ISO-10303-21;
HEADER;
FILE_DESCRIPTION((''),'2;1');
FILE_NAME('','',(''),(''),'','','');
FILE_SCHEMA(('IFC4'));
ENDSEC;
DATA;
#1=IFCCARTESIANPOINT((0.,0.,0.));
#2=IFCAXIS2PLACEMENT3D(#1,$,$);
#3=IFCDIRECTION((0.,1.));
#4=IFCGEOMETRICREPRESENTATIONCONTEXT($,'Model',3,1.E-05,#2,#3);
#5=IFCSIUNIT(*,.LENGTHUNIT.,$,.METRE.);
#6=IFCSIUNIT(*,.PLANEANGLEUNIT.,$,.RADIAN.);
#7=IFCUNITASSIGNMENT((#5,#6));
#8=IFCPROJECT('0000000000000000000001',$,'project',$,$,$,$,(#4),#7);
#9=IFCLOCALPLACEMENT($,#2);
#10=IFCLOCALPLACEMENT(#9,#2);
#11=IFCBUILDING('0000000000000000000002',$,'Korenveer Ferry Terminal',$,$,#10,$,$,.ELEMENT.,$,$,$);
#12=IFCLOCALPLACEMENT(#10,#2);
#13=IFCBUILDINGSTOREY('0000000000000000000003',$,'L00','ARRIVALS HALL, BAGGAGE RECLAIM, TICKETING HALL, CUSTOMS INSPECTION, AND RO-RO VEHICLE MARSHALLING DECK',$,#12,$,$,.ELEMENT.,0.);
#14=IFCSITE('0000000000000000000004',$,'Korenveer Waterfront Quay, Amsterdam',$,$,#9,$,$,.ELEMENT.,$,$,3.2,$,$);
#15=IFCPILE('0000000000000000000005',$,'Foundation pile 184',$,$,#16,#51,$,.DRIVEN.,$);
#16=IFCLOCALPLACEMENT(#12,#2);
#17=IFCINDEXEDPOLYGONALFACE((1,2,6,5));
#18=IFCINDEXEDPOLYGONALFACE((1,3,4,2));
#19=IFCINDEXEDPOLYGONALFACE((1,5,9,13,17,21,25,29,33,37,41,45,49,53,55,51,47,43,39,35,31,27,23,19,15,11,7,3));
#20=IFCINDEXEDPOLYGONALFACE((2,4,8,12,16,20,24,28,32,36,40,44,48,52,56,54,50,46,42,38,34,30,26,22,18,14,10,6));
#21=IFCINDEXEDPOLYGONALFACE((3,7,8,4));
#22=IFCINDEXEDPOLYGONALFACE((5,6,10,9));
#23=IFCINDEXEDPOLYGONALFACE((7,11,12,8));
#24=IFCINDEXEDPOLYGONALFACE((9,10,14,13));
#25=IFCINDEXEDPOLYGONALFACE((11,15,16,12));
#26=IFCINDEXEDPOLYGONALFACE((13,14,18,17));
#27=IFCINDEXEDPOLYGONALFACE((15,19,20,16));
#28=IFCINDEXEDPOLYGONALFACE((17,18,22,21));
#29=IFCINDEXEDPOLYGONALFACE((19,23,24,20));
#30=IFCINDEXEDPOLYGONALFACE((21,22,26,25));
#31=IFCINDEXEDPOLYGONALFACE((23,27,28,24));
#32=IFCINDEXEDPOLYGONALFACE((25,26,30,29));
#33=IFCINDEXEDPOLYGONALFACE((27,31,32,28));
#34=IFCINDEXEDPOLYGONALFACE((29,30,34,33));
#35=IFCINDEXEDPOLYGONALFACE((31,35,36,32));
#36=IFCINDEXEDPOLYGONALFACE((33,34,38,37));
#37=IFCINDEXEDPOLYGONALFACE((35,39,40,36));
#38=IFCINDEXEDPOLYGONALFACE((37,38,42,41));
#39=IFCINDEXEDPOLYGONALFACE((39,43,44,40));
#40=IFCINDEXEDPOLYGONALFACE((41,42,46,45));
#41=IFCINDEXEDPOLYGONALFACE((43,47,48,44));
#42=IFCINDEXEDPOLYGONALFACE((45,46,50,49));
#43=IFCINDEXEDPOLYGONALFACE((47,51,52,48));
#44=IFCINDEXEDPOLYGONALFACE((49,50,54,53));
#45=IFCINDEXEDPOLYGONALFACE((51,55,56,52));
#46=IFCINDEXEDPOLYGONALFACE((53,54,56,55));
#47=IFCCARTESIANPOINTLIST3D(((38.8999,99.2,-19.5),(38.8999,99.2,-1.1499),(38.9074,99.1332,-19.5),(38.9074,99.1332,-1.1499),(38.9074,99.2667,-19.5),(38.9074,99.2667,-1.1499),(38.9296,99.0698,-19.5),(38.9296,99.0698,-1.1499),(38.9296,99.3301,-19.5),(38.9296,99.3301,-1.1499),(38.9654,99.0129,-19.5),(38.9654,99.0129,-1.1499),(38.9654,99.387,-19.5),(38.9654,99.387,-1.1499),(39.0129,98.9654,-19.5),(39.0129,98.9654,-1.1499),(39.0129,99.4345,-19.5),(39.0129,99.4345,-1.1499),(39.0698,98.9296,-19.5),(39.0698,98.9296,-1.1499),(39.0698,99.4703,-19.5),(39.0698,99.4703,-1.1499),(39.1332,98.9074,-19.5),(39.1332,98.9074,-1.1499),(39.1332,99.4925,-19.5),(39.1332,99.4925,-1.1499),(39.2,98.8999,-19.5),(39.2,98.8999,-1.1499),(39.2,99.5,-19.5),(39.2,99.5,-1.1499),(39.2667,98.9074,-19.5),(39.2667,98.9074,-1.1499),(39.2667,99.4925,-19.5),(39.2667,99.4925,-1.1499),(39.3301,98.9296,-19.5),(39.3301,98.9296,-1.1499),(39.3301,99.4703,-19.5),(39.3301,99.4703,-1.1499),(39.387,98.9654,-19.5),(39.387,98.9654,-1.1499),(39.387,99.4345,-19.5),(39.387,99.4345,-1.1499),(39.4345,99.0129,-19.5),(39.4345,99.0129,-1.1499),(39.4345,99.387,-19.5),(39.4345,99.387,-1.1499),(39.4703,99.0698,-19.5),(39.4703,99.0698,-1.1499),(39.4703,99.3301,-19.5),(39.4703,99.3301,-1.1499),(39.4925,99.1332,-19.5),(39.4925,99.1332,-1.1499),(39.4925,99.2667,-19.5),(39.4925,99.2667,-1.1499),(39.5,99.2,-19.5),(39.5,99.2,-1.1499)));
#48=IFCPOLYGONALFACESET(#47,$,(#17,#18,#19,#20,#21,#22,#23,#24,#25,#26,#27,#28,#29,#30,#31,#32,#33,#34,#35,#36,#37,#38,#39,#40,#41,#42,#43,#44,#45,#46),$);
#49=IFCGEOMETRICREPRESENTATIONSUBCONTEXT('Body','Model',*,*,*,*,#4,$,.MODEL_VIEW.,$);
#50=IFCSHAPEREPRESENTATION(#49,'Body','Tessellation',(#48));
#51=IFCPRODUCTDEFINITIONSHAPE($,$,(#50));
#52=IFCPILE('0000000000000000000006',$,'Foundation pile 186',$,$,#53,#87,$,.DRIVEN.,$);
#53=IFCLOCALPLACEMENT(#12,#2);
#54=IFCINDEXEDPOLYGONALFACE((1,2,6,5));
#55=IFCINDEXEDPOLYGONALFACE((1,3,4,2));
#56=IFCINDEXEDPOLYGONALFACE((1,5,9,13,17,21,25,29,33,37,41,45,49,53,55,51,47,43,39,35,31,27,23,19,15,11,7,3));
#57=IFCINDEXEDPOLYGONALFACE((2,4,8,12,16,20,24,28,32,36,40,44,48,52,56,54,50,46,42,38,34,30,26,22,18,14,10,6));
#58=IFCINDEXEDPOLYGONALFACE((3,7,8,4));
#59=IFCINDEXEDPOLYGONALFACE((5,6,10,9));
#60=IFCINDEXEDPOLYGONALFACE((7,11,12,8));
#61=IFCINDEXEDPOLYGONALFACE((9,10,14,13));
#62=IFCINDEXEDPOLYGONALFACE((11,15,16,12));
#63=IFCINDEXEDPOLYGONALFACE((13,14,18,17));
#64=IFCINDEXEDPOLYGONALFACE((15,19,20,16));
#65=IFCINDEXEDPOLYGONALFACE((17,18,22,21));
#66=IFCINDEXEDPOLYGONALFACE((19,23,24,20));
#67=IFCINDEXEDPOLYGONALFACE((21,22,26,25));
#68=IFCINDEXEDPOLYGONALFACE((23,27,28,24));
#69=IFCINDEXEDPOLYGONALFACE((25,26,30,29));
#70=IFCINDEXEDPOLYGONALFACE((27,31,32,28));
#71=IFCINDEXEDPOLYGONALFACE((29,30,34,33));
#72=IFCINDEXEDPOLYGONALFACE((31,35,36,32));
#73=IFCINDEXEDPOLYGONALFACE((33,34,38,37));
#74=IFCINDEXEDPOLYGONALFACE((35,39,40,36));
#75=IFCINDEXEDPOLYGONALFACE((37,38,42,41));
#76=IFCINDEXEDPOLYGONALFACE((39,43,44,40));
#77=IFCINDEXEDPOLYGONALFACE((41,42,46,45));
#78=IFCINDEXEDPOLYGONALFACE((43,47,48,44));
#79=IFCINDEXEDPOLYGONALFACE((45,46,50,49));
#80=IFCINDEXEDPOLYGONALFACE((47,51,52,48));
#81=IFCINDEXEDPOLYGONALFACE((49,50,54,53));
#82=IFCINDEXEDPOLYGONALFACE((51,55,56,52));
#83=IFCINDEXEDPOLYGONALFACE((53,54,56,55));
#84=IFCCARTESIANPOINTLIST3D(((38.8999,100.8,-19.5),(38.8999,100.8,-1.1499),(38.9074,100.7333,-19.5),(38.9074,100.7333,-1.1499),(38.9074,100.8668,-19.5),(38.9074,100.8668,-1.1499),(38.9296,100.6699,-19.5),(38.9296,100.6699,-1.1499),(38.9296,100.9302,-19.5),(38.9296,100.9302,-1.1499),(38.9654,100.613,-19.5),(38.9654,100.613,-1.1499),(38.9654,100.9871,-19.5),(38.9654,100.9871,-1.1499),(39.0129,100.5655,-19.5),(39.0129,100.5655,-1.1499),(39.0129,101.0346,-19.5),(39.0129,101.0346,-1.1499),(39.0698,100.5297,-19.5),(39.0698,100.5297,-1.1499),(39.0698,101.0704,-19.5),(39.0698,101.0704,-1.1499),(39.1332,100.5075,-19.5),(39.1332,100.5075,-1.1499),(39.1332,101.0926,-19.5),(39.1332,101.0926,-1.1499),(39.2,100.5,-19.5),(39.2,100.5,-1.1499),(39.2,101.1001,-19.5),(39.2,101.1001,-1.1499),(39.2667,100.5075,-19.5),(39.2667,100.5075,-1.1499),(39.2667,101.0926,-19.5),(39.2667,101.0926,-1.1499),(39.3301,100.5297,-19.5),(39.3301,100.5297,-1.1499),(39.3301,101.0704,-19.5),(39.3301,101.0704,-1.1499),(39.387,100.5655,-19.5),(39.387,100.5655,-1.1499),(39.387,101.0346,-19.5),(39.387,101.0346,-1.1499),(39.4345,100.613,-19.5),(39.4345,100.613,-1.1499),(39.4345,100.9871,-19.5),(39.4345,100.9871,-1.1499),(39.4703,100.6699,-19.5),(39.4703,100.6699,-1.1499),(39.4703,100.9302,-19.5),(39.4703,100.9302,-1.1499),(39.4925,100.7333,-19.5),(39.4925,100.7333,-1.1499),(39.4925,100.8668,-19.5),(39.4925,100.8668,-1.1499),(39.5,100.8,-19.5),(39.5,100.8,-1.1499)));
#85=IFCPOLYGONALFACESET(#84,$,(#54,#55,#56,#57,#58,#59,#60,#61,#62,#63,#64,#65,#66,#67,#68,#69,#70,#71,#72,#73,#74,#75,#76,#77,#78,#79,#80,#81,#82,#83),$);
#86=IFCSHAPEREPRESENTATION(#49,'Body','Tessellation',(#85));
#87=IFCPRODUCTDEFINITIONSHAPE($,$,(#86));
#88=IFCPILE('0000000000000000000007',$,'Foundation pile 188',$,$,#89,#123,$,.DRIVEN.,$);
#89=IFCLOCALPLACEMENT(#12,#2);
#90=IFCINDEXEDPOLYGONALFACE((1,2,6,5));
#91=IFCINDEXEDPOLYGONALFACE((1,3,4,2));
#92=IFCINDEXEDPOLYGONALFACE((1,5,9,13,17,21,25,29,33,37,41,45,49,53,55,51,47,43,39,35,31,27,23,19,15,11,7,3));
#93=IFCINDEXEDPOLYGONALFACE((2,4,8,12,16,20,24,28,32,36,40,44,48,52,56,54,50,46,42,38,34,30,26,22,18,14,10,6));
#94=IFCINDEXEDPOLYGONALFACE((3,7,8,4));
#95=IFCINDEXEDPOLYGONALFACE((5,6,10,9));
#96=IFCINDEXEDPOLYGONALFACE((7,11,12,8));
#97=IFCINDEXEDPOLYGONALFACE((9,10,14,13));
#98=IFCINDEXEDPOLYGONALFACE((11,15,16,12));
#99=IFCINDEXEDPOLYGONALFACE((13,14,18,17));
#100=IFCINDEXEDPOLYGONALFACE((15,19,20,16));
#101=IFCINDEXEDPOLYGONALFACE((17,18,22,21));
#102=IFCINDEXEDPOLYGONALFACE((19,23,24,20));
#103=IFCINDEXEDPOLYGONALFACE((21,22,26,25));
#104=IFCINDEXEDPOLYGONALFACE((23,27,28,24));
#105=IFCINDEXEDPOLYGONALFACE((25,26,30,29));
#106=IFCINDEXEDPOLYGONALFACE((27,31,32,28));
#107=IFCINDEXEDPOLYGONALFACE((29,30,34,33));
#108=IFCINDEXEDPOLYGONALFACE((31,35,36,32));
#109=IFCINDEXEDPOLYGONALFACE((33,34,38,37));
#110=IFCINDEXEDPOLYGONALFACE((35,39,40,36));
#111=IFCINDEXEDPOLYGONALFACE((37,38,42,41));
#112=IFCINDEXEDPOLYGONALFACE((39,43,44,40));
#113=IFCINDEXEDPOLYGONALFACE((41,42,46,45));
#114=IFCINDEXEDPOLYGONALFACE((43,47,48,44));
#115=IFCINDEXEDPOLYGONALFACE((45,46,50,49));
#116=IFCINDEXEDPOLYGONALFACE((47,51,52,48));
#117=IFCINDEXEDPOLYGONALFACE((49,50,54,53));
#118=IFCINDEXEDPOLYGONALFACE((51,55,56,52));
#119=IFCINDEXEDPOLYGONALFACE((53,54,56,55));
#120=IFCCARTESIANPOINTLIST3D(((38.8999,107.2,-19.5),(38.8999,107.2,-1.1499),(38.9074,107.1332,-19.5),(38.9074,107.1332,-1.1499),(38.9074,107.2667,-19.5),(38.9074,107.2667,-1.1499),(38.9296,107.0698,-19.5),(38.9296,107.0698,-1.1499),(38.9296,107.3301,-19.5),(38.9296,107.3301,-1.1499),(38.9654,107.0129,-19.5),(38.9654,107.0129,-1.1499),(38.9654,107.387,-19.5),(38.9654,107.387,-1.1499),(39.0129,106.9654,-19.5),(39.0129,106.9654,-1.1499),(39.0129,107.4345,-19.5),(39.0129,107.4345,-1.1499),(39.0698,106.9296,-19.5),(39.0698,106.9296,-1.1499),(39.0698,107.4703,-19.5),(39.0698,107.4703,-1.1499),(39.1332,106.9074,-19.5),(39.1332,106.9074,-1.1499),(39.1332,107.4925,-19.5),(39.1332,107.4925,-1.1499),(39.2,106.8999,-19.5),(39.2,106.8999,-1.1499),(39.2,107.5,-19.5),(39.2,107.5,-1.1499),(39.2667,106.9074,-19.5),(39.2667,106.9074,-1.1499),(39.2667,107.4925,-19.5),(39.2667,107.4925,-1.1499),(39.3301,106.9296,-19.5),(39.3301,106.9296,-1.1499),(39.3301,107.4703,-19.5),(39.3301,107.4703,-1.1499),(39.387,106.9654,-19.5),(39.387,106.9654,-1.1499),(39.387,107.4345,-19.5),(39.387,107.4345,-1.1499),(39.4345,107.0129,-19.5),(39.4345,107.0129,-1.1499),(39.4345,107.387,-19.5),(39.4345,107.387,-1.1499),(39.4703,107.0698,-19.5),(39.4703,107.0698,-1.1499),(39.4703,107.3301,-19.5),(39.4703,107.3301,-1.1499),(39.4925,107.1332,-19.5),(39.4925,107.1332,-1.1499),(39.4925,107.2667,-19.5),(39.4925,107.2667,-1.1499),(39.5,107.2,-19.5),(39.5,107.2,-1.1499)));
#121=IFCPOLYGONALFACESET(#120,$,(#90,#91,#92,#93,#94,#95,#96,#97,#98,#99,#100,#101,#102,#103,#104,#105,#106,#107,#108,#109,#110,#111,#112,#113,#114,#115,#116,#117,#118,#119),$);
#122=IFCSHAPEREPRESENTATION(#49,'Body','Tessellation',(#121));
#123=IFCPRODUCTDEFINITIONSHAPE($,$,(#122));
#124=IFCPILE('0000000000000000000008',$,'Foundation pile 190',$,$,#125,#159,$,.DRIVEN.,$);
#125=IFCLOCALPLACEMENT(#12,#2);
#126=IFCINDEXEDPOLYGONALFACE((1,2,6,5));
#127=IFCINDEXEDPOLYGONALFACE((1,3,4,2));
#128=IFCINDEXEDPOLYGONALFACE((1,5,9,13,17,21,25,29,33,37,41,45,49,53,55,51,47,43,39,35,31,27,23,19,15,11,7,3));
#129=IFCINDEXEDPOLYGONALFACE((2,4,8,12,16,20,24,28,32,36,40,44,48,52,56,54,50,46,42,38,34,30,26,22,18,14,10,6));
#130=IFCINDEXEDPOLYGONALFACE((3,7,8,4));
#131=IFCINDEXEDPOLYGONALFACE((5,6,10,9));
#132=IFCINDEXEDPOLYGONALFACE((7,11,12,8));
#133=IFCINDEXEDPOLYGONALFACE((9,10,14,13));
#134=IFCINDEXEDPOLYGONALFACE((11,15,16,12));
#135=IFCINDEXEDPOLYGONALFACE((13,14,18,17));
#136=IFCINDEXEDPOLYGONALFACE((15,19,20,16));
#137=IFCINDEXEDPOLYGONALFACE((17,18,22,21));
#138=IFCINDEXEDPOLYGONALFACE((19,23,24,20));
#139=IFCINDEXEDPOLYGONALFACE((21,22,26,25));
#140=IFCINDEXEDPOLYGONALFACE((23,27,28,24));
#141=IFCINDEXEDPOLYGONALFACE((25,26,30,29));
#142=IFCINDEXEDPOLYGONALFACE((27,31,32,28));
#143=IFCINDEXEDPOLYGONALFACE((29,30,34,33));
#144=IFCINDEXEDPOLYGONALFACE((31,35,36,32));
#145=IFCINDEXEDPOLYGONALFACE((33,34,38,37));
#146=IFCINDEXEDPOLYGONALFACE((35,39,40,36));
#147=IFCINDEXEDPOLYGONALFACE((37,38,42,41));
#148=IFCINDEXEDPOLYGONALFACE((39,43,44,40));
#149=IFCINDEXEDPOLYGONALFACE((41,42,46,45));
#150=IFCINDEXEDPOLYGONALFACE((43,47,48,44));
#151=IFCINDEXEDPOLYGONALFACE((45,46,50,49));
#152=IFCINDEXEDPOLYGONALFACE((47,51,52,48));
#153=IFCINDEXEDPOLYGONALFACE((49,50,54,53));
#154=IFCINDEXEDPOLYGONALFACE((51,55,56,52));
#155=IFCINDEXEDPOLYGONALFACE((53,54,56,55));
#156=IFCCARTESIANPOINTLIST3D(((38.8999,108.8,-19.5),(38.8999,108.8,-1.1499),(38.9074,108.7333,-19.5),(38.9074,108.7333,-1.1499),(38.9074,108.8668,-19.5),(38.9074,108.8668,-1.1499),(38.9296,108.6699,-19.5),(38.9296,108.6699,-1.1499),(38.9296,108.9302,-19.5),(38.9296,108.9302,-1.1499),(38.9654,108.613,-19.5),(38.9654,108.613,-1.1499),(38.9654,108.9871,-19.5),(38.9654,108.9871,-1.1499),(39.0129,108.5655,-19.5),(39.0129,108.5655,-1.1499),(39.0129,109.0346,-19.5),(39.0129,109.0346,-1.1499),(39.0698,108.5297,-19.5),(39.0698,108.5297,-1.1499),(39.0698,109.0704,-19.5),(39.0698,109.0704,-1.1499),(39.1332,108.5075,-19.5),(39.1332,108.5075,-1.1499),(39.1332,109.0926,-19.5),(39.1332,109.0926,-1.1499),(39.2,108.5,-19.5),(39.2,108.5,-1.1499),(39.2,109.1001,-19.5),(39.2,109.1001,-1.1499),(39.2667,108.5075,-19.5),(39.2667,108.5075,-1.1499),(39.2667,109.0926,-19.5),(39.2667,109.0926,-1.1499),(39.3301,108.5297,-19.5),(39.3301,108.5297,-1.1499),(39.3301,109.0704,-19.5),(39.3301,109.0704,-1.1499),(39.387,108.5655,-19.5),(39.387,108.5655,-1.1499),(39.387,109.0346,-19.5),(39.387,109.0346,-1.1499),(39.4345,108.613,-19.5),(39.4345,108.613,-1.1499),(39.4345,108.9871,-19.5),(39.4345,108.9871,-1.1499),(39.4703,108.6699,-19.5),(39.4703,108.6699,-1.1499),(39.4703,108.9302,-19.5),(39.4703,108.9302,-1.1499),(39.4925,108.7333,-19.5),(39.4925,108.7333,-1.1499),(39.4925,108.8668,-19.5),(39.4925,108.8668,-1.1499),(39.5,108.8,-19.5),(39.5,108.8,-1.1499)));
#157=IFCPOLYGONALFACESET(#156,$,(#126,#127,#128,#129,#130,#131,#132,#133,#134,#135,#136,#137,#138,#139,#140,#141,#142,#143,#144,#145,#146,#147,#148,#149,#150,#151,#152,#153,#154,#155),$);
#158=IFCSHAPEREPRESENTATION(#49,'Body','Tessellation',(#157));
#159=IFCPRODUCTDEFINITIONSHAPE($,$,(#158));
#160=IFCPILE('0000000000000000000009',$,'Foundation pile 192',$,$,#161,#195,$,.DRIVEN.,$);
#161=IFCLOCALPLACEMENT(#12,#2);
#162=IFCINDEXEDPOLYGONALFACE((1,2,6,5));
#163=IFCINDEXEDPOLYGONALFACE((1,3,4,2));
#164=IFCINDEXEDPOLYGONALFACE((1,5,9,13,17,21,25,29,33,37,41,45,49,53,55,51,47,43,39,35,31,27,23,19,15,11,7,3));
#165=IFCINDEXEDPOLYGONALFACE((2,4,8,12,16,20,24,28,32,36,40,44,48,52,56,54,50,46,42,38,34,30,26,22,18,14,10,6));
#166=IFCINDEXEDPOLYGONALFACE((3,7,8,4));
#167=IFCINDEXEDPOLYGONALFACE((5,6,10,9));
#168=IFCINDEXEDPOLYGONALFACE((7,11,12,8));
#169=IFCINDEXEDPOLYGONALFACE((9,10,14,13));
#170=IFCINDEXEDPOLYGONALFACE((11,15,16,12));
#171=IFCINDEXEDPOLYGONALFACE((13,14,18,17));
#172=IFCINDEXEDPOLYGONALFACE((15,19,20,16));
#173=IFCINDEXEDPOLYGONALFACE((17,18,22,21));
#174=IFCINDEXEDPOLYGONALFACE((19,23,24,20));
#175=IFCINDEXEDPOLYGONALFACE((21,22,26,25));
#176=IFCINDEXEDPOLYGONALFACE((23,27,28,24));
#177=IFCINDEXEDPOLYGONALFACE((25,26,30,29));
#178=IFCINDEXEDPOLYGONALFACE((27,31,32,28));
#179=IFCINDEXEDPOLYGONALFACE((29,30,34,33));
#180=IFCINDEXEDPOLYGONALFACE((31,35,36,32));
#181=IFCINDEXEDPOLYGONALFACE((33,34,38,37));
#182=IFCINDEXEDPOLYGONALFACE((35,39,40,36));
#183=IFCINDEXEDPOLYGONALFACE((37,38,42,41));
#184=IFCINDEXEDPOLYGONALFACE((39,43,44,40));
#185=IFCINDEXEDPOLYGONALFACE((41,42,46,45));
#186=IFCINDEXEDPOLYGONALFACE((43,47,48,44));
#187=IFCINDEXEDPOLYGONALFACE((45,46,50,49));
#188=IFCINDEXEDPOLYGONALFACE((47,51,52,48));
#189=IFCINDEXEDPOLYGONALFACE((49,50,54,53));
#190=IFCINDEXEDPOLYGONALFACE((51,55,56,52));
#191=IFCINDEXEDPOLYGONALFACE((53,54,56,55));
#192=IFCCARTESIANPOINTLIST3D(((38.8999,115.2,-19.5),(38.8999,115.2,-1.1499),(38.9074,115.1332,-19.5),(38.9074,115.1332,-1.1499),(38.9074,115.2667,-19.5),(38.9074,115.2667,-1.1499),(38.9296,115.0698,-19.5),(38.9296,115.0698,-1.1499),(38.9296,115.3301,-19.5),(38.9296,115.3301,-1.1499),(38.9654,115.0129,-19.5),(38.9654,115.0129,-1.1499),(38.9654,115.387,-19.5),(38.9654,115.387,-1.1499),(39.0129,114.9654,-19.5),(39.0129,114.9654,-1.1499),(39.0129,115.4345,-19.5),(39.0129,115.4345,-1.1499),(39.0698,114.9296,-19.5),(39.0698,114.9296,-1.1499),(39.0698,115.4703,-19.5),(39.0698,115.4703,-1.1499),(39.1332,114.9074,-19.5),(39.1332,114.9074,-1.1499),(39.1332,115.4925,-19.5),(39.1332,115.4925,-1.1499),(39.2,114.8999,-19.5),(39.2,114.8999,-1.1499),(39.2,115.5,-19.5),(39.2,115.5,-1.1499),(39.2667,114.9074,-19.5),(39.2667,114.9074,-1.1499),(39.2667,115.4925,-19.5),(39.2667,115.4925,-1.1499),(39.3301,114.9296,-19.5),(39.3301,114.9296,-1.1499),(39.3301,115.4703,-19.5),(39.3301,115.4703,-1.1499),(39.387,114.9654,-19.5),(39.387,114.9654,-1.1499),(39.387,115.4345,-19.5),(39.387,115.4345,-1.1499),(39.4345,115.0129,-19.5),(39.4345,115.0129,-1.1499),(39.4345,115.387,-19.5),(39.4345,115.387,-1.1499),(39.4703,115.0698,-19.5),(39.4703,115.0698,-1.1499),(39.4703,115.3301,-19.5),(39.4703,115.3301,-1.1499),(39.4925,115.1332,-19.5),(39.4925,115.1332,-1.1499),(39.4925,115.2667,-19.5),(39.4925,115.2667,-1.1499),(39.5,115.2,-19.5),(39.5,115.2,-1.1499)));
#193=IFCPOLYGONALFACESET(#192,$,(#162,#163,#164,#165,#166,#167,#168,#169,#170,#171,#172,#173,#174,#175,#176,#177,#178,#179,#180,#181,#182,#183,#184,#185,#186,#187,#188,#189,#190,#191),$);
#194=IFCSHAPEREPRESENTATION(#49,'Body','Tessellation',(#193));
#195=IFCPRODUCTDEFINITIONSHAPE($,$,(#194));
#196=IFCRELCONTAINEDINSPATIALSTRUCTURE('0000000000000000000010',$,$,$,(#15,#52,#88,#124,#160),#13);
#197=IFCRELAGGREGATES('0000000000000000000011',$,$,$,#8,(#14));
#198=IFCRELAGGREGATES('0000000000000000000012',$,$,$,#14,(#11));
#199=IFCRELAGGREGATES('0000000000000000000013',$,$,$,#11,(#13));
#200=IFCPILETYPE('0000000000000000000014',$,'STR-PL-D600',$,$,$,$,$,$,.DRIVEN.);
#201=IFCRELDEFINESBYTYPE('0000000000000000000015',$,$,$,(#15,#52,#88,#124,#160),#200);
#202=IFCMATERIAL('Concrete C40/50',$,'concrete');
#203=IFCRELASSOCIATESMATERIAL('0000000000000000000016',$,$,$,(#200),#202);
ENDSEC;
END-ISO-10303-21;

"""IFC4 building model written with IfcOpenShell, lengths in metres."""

from ifc_helpers import new_model, si_unit, direction, frame, origin, origin_2d, place, context, subcontext, project, spatial, circle, extrude, material, material_profile, profile_set, type_object, element, save


model = new_model("IFC4")

# Units and contexts
model_context = context("Model", 3, precision=1e-05, world=origin(), true_north=direction((0.0, 1.0)))
body_context = subcontext(model_context, "Body", "Model", "MODEL_VIEW")
ifc_project = project(units=[si_unit("LENGTHUNIT", "METRE"), si_unit("PLANEANGLEUNIT", "RADIAN")], contexts=[model_context])

# Site, building, storey
site_placement = place(None, origin())
site = spatial("IfcSite", under=ifc_project, at=site_placement, Name="Korenveer Waterfront Quay, Amsterdam", CompositionType="ELEMENT", RefElevation=3.2)
building_placement = place(site_placement, origin())
building = spatial("IfcBuilding", under=site, at=building_placement, Name="Korenveer Ferry Terminal", CompositionType="ELEMENT")
storey_placement = place(building_placement, origin())
storey = spatial("IfcBuildingStorey", under=building, at=storey_placement, Name="L00", Description="ARRIVALS HALL, BAGGAGE RECLAIM, TICKETING HALL, CUSTOMS INSPECTION, AND RO-RO VEHICLE MARSHALLING DECK", CompositionType="ELEMENT", Elevation=0.0)

# Piles
ifc_material_1 = material(Name="Concrete C40/50", Category="concrete")
ifc_material_profile_1 = material_profile(ifc_material_1, circle(Radius=0.3, at=origin_2d()), Name="PILE D600")
ifc_profile_set_1 = profile_set([ifc_material_profile_1], Name="Concrete C40/50")
pile_type = type_object("IfcPileType", Name="STR-PL-D600", PredefinedType="DRIVEN", material=ifc_profile_set_1)
for number, where, z_axis, x_axis, name in (
    (1, (39.2, 99.2, -1.1499), (0.0, 0.0, -1.0), (1.0, 0.0, 0.0), "Foundation pile 184"),
    (2, (39.2, 100.8, -1.1499), (0.0, 0.0, -1.0), (1.0, 0.0, 0.0), "Foundation pile 186"),
    (3, (39.2, 107.2, -1.1499), (0.0, 0.0, -1.0), (1.0, 0.0, 0.0), "Foundation pile 188"),
    (4, (39.2, 108.8, -1.1499), (0.0, 0.0, -1.0), (1.0, 0.0, 0.0), "Foundation pile 190"),
    (5, (39.2, 115.2, -1.1499), (0.0, 0.0, -1.0), (1.0, 0.0, 0.0), "Foundation pile 192"),
):
    element("IfcPile", number, at=place(storey_placement, frame(where, z_axis=z_axis, x_axis=x_axis)), inside=storey, type_object=pile_type, Name=name, PredefinedType="DRIVEN", context=body_context, shape_type="SweptSolid", body=[
        extrude(circle(Radius=0.3, at=origin_2d()), origin(), (0.0, 0.0, 1.0), 18.3501),
    ])

save(model, "model.ifc")
